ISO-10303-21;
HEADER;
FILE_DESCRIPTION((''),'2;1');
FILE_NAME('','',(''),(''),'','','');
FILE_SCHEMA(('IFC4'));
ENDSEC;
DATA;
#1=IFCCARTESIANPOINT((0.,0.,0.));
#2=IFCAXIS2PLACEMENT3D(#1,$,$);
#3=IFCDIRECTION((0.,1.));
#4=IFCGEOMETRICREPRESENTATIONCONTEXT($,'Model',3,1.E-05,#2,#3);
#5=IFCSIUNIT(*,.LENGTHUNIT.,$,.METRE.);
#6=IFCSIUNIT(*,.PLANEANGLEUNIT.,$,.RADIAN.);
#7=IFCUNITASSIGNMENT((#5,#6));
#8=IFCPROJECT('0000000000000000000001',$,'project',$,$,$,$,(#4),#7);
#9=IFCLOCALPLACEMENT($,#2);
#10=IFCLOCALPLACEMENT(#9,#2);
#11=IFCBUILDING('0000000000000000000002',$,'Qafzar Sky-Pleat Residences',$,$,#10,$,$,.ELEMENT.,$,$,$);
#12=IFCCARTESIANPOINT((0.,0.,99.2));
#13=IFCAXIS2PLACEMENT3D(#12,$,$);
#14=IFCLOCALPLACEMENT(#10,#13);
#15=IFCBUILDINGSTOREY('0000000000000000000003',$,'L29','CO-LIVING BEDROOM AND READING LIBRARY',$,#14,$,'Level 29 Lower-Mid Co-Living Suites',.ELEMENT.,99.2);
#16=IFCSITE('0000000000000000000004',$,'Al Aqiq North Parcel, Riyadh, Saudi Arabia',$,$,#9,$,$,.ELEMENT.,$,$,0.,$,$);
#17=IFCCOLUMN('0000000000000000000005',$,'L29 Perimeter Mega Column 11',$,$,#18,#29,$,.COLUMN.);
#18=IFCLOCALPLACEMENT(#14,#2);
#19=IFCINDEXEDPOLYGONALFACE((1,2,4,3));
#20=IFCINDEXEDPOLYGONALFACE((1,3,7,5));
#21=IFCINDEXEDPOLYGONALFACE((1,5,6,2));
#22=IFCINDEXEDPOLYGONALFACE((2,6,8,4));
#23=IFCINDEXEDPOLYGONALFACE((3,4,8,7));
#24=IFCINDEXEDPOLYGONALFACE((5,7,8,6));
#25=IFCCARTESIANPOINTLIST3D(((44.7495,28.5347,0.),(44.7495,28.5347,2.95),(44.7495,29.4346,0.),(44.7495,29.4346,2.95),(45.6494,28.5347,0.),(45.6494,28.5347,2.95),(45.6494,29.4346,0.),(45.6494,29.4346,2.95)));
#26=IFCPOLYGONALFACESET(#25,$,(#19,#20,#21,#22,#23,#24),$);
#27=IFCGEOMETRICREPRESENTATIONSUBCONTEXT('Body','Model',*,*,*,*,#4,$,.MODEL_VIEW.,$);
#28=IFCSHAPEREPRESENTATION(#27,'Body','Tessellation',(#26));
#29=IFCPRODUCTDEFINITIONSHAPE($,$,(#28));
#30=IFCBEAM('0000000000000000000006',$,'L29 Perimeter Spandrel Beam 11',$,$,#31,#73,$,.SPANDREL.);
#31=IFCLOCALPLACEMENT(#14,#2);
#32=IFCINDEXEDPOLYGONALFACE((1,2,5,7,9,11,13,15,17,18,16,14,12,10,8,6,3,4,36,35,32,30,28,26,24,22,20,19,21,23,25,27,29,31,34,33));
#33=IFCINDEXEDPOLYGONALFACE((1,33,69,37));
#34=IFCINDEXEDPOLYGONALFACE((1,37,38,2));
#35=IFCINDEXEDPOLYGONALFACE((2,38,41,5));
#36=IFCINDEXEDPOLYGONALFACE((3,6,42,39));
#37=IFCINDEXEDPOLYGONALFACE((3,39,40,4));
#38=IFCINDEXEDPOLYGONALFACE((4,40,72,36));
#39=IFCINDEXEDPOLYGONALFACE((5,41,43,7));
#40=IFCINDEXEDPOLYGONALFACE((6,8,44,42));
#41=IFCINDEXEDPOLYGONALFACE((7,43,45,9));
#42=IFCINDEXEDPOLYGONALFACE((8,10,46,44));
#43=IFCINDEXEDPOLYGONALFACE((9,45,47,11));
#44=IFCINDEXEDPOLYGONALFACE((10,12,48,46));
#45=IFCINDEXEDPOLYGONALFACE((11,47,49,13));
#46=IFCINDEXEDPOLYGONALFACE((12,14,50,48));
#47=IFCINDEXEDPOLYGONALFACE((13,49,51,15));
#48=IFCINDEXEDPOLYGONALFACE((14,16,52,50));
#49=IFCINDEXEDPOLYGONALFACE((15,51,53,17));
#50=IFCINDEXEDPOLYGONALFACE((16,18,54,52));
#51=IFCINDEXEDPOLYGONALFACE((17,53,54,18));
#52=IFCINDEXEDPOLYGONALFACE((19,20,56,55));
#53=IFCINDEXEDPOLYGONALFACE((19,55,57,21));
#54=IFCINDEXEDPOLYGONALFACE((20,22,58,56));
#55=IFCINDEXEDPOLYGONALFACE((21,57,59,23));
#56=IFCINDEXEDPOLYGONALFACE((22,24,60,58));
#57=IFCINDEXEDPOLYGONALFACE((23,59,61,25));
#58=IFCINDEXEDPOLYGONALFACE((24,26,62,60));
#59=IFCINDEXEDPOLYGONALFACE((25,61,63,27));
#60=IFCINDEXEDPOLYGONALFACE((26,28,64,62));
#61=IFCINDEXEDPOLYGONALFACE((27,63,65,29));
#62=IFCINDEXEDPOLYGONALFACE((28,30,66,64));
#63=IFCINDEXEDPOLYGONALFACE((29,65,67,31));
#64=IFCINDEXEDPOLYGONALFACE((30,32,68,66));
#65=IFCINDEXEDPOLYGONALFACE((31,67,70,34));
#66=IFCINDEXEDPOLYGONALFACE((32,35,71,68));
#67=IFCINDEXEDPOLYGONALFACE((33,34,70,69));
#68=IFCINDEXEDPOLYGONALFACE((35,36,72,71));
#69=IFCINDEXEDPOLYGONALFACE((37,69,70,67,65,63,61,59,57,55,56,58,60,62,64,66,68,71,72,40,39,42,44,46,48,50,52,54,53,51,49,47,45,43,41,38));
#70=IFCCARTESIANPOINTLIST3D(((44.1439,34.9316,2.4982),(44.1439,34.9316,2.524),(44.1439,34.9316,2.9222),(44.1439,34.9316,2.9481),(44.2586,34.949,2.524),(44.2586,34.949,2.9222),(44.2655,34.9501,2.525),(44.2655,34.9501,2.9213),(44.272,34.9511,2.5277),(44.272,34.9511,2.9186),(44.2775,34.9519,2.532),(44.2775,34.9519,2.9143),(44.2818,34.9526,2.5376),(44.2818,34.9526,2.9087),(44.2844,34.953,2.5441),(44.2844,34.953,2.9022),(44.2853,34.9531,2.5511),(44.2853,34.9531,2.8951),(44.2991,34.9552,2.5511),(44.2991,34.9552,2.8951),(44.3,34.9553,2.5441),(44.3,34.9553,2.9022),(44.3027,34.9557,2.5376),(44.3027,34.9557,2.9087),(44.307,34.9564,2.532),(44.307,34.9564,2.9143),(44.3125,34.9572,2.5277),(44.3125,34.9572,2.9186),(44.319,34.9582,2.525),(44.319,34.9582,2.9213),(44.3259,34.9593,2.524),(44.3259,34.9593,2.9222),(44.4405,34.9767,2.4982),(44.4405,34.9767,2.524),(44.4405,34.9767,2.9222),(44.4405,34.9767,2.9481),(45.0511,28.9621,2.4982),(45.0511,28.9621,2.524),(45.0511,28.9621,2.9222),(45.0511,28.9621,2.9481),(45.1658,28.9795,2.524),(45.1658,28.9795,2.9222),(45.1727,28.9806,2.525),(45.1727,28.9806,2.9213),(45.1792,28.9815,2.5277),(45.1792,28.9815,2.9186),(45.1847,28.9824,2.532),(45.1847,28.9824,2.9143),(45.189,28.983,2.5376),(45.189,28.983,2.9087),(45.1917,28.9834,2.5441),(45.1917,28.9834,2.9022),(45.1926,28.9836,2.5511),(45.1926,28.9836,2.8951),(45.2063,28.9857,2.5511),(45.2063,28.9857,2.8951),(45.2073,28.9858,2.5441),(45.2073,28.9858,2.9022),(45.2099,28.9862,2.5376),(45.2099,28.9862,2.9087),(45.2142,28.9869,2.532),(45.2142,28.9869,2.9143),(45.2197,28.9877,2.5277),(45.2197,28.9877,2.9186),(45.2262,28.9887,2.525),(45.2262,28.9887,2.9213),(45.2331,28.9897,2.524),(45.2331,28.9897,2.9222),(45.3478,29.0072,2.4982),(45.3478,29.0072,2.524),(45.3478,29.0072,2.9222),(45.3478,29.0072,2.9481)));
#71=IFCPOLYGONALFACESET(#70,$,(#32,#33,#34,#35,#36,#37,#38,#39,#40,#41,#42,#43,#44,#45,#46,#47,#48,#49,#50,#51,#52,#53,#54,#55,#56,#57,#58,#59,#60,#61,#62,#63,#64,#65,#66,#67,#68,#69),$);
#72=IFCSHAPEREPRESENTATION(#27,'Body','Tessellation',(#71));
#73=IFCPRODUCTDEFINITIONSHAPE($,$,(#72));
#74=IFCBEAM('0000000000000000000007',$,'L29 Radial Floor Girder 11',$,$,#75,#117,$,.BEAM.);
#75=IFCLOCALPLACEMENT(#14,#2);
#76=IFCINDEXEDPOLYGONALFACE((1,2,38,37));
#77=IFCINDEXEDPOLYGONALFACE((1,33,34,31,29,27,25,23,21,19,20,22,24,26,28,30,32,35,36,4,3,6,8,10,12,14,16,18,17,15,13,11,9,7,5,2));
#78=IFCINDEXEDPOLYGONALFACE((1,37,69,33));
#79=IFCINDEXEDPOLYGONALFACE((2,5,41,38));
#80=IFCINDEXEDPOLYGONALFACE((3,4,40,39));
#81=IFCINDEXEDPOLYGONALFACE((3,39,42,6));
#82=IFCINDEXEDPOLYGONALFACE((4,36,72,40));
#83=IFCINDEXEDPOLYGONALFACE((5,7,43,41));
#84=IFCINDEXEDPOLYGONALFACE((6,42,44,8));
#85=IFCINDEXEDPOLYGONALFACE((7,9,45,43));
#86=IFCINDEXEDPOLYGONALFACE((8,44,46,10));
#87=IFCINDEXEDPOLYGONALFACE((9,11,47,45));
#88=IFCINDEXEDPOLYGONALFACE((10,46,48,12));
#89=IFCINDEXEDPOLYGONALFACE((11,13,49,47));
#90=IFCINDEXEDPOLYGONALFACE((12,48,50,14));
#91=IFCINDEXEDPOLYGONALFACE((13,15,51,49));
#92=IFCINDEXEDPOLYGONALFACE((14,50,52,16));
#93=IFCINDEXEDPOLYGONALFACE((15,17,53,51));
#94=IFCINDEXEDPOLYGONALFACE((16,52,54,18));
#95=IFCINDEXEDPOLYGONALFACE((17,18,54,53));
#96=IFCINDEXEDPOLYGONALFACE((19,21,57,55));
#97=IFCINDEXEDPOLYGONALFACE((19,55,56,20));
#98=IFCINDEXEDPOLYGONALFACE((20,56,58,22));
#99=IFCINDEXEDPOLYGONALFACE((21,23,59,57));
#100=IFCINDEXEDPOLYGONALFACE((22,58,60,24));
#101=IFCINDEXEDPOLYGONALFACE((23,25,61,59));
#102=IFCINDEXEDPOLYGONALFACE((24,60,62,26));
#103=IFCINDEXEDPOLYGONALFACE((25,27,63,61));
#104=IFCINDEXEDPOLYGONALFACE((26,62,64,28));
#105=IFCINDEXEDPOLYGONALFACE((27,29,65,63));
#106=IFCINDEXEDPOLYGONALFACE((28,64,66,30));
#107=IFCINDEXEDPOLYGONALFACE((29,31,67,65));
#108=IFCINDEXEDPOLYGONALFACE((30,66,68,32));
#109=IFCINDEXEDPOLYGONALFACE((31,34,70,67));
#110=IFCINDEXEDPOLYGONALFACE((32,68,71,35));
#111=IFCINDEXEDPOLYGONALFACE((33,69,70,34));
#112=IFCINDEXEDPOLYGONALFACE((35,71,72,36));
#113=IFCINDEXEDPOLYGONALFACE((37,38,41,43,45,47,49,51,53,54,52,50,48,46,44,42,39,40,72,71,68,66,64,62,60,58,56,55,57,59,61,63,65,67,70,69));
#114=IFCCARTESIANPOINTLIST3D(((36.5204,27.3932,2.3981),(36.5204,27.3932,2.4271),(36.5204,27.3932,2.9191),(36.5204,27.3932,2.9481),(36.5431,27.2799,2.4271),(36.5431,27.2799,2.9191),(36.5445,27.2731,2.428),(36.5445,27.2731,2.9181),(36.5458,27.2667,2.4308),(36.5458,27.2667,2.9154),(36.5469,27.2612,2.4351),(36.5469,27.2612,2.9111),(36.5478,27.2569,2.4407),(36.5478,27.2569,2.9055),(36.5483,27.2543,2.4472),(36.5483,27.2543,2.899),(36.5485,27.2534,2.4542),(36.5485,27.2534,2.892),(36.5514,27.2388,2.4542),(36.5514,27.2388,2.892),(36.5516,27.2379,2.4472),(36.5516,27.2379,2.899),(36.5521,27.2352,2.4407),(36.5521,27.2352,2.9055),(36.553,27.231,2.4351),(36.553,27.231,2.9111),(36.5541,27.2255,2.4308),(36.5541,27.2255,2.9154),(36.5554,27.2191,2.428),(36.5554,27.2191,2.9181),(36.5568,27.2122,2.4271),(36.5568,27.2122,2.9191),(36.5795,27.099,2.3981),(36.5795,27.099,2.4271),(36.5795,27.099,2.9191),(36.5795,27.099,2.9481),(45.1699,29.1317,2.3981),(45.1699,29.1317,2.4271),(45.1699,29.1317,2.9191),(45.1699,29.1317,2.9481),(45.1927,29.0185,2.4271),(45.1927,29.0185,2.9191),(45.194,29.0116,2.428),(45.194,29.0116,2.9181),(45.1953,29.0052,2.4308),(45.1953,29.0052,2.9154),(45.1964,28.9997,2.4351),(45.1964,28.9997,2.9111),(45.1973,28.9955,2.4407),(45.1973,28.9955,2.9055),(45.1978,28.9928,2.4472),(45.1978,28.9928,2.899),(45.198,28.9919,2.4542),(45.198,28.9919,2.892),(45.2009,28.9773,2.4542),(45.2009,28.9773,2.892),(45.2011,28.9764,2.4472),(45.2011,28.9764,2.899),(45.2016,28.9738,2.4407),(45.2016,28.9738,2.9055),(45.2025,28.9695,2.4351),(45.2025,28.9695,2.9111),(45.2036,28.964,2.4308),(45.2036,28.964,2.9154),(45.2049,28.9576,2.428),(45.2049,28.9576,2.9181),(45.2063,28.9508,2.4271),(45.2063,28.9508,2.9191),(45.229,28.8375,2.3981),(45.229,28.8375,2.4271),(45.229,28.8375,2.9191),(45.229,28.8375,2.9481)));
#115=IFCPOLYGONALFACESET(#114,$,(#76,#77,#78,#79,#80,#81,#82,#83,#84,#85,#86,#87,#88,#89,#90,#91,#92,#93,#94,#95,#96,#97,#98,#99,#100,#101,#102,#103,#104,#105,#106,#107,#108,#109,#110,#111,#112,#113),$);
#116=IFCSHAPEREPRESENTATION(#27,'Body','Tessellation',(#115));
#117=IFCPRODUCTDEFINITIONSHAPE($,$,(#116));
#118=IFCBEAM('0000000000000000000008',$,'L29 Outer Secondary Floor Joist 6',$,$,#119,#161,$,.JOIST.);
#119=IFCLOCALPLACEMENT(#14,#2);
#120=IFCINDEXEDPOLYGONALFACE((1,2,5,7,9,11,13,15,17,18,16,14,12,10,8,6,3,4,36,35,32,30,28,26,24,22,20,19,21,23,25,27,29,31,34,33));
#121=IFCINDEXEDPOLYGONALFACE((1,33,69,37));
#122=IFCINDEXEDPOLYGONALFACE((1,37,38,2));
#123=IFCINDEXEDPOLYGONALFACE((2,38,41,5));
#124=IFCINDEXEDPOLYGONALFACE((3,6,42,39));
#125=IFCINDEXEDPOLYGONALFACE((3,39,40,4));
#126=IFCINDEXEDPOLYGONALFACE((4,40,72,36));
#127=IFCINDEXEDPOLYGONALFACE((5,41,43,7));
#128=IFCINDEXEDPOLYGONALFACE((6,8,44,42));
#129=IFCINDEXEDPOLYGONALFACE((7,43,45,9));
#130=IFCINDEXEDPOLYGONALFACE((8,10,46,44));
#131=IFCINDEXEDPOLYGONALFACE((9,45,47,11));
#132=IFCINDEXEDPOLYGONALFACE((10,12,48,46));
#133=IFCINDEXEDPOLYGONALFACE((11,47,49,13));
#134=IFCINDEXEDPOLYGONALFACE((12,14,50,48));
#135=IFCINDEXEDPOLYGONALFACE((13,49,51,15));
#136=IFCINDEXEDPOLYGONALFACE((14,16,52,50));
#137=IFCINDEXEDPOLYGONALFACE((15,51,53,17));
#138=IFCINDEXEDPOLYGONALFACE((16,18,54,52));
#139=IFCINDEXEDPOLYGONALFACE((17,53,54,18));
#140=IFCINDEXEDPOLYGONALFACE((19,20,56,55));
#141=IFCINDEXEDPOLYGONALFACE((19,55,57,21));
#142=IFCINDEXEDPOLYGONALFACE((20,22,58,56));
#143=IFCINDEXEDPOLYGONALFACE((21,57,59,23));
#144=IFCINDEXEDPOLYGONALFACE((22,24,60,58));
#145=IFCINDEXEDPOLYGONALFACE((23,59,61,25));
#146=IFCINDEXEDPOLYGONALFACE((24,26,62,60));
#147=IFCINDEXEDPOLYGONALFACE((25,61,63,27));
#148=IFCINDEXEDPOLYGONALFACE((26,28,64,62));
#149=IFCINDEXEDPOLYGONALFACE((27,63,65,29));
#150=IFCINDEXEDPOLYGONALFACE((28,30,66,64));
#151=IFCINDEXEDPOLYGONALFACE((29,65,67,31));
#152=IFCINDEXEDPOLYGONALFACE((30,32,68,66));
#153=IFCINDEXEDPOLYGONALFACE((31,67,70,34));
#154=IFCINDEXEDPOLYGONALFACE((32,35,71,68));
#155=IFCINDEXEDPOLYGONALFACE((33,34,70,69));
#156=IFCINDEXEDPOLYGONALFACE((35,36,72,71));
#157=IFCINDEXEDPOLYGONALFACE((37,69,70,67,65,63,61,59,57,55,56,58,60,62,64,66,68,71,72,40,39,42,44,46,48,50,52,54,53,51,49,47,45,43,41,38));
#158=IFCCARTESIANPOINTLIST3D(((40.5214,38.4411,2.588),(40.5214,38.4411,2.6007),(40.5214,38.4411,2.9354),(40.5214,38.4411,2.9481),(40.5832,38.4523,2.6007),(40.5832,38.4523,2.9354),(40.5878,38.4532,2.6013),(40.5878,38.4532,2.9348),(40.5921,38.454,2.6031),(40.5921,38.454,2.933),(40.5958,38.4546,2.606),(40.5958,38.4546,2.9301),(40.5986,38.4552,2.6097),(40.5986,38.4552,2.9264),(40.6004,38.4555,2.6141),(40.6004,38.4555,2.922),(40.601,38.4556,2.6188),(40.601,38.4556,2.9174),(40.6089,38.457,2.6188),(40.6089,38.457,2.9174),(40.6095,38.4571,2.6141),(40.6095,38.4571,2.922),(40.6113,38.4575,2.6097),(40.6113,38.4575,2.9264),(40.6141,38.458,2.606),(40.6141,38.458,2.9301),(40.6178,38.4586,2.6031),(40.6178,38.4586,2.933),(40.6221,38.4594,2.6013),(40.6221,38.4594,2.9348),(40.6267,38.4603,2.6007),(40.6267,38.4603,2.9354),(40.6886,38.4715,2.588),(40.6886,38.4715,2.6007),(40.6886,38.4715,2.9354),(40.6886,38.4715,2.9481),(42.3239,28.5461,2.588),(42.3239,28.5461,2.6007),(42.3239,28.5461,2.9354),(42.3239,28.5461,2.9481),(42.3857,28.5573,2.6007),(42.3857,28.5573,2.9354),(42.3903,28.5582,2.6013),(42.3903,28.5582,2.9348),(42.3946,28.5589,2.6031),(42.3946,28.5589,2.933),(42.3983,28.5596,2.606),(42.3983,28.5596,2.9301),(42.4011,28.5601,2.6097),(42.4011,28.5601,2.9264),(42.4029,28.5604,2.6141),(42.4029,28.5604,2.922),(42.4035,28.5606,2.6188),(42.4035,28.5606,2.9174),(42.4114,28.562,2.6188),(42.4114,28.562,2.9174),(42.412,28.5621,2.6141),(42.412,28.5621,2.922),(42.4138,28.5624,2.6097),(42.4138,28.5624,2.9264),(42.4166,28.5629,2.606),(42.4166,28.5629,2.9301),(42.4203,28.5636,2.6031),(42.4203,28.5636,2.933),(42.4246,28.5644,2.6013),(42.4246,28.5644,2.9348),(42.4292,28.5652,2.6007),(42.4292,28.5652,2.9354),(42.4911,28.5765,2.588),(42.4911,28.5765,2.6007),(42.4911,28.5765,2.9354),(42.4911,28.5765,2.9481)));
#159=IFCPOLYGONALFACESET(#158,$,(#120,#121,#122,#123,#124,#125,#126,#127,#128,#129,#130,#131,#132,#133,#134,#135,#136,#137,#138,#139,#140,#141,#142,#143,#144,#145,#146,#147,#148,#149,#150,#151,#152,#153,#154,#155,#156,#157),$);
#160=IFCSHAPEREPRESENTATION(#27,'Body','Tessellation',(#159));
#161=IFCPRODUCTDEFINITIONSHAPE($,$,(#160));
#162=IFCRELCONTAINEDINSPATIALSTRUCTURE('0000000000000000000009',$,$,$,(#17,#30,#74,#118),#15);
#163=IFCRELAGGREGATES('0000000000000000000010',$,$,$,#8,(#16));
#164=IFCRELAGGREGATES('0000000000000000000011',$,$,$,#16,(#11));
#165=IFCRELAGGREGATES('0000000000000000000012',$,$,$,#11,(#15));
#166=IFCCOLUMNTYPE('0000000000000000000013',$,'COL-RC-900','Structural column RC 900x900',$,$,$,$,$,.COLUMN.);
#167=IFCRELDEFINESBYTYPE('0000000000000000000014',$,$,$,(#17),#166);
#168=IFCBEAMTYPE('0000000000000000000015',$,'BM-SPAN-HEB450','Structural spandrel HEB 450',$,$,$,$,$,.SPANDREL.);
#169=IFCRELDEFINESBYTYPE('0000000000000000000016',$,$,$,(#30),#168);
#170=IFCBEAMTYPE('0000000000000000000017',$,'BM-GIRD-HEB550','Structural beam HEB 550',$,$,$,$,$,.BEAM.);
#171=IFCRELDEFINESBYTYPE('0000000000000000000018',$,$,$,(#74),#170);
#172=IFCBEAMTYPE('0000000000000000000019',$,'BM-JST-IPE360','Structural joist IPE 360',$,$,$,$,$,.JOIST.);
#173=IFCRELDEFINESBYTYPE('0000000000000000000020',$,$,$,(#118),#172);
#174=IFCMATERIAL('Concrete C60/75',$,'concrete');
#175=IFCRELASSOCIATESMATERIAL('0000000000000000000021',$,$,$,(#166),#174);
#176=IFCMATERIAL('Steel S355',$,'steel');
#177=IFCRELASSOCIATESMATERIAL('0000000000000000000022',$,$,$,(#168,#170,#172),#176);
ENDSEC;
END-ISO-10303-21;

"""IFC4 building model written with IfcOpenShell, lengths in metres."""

from ifc_helpers import new_model, si_unit, direction, frame, origin, origin_2d, place, context, subcontext, project, spatial, rectangle, i_section, extrude, source, transform, mapped, material, material_profile, profile_set, type_object, element, save


model = new_model("IFC4")

# Units and contexts
model_context = context("Model", 3, precision=1e-05, world=origin(), true_north=direction((0.0, 1.0)))
body_context = subcontext(model_context, "Body", "Model", "MODEL_VIEW")
ifc_project = project(units=[si_unit("LENGTHUNIT", "METRE"), si_unit("PLANEANGLEUNIT", "RADIAN")], contexts=[model_context])

# Site, building, storey
site_placement = place(None, origin())
site = spatial("IfcSite", under=ifc_project, at=site_placement, Name="Al Aqiq North Parcel, Riyadh, Saudi Arabia", CompositionType="ELEMENT", RefElevation=0.0)
building_placement = place(site_placement, origin())
building = spatial("IfcBuilding", under=site, at=building_placement, Name="Qafzar Sky-Pleat Residences", CompositionType="ELEMENT")
storey_placement = place(building_placement, frame((0.0, 0.0, 99.2)))
storey = spatial("IfcBuildingStorey", under=building, at=storey_placement, Name="L29", Description="CO-LIVING BEDROOM AND READING LIBRARY", LongName="Level 29 Lower-Mid Co-Living Suites", CompositionType="ELEMENT", Elevation=99.2)

# Column
ifc_material_1 = material(Name="Concrete C60/75", Category="concrete")
ifc_material_profile_1 = material_profile(ifc_material_1, rectangle(XDim=0.8999, YDim=0.8999, at=origin_2d()), Name="RC 900x900")
ifc_profile_set_1 = profile_set([ifc_material_profile_1], Name="Concrete C60/75")
column_type = type_object("IfcColumnType", Name="COL-RC-900", Description="Structural column RC 900x900", PredefinedType="COLUMN", material=ifc_profile_set_1)
shared_shape_1 = source(origin(), body_context, "Body", "SweptSolid", [
    extrude(rectangle(XDim=0.8999, YDim=0.8999, at=origin_2d()), origin(), (0.0, 0.0, 1.0), 2.95),
])
column_placement = place(storey_placement, frame((45.1995, 28.9846, 0.0), z_axis=(0.0, 0.0, 1.0), x_axis=(1.0, 0.0, 0.0)))
element("IfcColumn", 1, at=column_placement, inside=storey, type_object=column_type, Name="L29 Perimeter Mega Column 11", PredefinedType="COLUMN", context=body_context, shape_type="MappedRepresentation", body=[
    mapped(shared_shape_1, transform((0.0, 0.0, 0.0), x_axis=(1.0, 0.0, 0.0), y_axis=(0.0, 1.0, 0.0), z_axis=(0.0, 0.0, 1.0), scale=1.0)),
])

# Beams
ifc_material_2 = material(Name="Steel S355", Category="steel")
ifc_material_profile_2 = material_profile(ifc_material_2, i_section(OverallWidth=0.3, OverallDepth=0.45, WebThickness=0.0139, FlangeThickness=0.0259, FilletRadius=0.0271, at=origin_2d()), Name="HEB 450")
ifc_profile_set_2 = profile_set([ifc_material_profile_2], Name="Steel S355")
beam_type_1 = type_object("IfcBeamType", Name="BM-SPAN-HEB450", Description="Structural spandrel HEB 450", PredefinedType="SPANDREL", material=ifc_profile_set_2)
shared_shape_2 = source(origin(), body_context, "Body", "SweptSolid", [
    extrude(i_section(OverallWidth=0.3, OverallDepth=0.45, WebThickness=0.0139, FlangeThickness=0.0259, FilletRadius=0.0271, at=origin_2d()), origin(), (0.0, 0.0, 1.0), 6.0381),
])
beam_1_placement = place(storey_placement, frame((45.1995, 28.9846, 2.7231), z_axis=(-0.150252, 0.988648, 0.0), x_axis=(-0.988648, -0.150252, 0.0)))
element("IfcBeam", 2, at=beam_1_placement, inside=storey, type_object=beam_type_1, Name="L29 Perimeter Spandrel Beam 11", PredefinedType="SPANDREL", context=body_context, shape_type="MappedRepresentation", body=[
    mapped(shared_shape_2, transform((0.0, 0.0, 0.0), x_axis=(1.0, 0.0, 0.0), y_axis=(0.0, 1.0, 0.0), z_axis=(0.0, 0.0, 1.0), scale=1.0)),
])
ifc_material_profile_3 = material_profile(ifc_material_2, i_section(OverallWidth=0.3, OverallDepth=0.55, WebThickness=0.0149, FlangeThickness=0.0291, FilletRadius=0.0271, at=origin_2d()), Name="HEB 550")
ifc_profile_set_3 = profile_set([ifc_material_profile_3], Name="Steel S355")
beam_type_2 = type_object("IfcBeamType", Name="BM-GIRD-HEB550", Description="Structural beam HEB 550", PredefinedType="BEAM", material=ifc_profile_set_3)
shared_shape_3 = source(origin(), body_context, "Body", "SweptSolid", [
    extrude(i_section(OverallWidth=0.3, OverallDepth=0.55, WebThickness=0.0149, FlangeThickness=0.0291, FilletRadius=0.0271, at=origin_2d()), origin(), (0.0, 0.0, 1.0), 8.8225),
])
beam_2_placement = place(storey_placement, frame((45.1995, 28.9846, 2.6731), z_axis=(-0.980392, -0.197058, 0.0), x_axis=(0.197058, -0.980392, 0.0)))
element("IfcBeam", 3, at=beam_2_placement, inside=storey, type_object=beam_type_2, Name="L29 Radial Floor Girder 11", PredefinedType="BEAM", context=body_context, shape_type="MappedRepresentation", body=[
    mapped(shared_shape_3, transform((0.0, 0.0, 0.0), x_axis=(1.0, 0.0, 0.0), y_axis=(0.0, 1.0, 0.0), z_axis=(0.0, 0.0, 1.0), scale=1.0)),
])
ifc_material_profile_4 = material_profile(ifc_material_2, i_section(OverallWidth=0.1699, OverallDepth=0.3601, WebThickness=0.0081, FlangeThickness=0.0127, FilletRadius=0.0181, at=origin_2d()), Name="IPE 360")
ifc_profile_set_4 = profile_set([ifc_material_profile_4], Name="Steel S355")
beam_type_3 = type_object("IfcBeamType", Name="BM-JST-IPE360", Description="Structural joist IPE 360", PredefinedType="JOIST", material=ifc_profile_set_4)
shared_shape_4 = source(origin(), body_context, "Body", "SweptSolid", [
    extrude(i_section(OverallWidth=0.1699, OverallDepth=0.3601, WebThickness=0.0081, FlangeThickness=0.0127, FilletRadius=0.0181, at=origin_2d()), origin(), (0.0, 0.0, 1.0), 10.0579),
])
beam_3_placement = place(storey_placement, frame((42.4075, 28.5613, 2.7681), z_axis=(-0.179212, 0.98381, 0.0), x_axis=(-0.98381, -0.179212, 0.0)))
element("IfcBeam", 4, at=beam_3_placement, inside=storey, type_object=beam_type_3, Name="L29 Outer Secondary Floor Joist 6", PredefinedType="JOIST", context=body_context, shape_type="MappedRepresentation", body=[
    mapped(shared_shape_4, transform((0.0, 0.0, 0.0), x_axis=(1.0, 0.0, 0.0), y_axis=(0.0, 1.0, 0.0), z_axis=(0.0, 0.0, 1.0), scale=1.0)),
])

save(model, "model.ifc")
